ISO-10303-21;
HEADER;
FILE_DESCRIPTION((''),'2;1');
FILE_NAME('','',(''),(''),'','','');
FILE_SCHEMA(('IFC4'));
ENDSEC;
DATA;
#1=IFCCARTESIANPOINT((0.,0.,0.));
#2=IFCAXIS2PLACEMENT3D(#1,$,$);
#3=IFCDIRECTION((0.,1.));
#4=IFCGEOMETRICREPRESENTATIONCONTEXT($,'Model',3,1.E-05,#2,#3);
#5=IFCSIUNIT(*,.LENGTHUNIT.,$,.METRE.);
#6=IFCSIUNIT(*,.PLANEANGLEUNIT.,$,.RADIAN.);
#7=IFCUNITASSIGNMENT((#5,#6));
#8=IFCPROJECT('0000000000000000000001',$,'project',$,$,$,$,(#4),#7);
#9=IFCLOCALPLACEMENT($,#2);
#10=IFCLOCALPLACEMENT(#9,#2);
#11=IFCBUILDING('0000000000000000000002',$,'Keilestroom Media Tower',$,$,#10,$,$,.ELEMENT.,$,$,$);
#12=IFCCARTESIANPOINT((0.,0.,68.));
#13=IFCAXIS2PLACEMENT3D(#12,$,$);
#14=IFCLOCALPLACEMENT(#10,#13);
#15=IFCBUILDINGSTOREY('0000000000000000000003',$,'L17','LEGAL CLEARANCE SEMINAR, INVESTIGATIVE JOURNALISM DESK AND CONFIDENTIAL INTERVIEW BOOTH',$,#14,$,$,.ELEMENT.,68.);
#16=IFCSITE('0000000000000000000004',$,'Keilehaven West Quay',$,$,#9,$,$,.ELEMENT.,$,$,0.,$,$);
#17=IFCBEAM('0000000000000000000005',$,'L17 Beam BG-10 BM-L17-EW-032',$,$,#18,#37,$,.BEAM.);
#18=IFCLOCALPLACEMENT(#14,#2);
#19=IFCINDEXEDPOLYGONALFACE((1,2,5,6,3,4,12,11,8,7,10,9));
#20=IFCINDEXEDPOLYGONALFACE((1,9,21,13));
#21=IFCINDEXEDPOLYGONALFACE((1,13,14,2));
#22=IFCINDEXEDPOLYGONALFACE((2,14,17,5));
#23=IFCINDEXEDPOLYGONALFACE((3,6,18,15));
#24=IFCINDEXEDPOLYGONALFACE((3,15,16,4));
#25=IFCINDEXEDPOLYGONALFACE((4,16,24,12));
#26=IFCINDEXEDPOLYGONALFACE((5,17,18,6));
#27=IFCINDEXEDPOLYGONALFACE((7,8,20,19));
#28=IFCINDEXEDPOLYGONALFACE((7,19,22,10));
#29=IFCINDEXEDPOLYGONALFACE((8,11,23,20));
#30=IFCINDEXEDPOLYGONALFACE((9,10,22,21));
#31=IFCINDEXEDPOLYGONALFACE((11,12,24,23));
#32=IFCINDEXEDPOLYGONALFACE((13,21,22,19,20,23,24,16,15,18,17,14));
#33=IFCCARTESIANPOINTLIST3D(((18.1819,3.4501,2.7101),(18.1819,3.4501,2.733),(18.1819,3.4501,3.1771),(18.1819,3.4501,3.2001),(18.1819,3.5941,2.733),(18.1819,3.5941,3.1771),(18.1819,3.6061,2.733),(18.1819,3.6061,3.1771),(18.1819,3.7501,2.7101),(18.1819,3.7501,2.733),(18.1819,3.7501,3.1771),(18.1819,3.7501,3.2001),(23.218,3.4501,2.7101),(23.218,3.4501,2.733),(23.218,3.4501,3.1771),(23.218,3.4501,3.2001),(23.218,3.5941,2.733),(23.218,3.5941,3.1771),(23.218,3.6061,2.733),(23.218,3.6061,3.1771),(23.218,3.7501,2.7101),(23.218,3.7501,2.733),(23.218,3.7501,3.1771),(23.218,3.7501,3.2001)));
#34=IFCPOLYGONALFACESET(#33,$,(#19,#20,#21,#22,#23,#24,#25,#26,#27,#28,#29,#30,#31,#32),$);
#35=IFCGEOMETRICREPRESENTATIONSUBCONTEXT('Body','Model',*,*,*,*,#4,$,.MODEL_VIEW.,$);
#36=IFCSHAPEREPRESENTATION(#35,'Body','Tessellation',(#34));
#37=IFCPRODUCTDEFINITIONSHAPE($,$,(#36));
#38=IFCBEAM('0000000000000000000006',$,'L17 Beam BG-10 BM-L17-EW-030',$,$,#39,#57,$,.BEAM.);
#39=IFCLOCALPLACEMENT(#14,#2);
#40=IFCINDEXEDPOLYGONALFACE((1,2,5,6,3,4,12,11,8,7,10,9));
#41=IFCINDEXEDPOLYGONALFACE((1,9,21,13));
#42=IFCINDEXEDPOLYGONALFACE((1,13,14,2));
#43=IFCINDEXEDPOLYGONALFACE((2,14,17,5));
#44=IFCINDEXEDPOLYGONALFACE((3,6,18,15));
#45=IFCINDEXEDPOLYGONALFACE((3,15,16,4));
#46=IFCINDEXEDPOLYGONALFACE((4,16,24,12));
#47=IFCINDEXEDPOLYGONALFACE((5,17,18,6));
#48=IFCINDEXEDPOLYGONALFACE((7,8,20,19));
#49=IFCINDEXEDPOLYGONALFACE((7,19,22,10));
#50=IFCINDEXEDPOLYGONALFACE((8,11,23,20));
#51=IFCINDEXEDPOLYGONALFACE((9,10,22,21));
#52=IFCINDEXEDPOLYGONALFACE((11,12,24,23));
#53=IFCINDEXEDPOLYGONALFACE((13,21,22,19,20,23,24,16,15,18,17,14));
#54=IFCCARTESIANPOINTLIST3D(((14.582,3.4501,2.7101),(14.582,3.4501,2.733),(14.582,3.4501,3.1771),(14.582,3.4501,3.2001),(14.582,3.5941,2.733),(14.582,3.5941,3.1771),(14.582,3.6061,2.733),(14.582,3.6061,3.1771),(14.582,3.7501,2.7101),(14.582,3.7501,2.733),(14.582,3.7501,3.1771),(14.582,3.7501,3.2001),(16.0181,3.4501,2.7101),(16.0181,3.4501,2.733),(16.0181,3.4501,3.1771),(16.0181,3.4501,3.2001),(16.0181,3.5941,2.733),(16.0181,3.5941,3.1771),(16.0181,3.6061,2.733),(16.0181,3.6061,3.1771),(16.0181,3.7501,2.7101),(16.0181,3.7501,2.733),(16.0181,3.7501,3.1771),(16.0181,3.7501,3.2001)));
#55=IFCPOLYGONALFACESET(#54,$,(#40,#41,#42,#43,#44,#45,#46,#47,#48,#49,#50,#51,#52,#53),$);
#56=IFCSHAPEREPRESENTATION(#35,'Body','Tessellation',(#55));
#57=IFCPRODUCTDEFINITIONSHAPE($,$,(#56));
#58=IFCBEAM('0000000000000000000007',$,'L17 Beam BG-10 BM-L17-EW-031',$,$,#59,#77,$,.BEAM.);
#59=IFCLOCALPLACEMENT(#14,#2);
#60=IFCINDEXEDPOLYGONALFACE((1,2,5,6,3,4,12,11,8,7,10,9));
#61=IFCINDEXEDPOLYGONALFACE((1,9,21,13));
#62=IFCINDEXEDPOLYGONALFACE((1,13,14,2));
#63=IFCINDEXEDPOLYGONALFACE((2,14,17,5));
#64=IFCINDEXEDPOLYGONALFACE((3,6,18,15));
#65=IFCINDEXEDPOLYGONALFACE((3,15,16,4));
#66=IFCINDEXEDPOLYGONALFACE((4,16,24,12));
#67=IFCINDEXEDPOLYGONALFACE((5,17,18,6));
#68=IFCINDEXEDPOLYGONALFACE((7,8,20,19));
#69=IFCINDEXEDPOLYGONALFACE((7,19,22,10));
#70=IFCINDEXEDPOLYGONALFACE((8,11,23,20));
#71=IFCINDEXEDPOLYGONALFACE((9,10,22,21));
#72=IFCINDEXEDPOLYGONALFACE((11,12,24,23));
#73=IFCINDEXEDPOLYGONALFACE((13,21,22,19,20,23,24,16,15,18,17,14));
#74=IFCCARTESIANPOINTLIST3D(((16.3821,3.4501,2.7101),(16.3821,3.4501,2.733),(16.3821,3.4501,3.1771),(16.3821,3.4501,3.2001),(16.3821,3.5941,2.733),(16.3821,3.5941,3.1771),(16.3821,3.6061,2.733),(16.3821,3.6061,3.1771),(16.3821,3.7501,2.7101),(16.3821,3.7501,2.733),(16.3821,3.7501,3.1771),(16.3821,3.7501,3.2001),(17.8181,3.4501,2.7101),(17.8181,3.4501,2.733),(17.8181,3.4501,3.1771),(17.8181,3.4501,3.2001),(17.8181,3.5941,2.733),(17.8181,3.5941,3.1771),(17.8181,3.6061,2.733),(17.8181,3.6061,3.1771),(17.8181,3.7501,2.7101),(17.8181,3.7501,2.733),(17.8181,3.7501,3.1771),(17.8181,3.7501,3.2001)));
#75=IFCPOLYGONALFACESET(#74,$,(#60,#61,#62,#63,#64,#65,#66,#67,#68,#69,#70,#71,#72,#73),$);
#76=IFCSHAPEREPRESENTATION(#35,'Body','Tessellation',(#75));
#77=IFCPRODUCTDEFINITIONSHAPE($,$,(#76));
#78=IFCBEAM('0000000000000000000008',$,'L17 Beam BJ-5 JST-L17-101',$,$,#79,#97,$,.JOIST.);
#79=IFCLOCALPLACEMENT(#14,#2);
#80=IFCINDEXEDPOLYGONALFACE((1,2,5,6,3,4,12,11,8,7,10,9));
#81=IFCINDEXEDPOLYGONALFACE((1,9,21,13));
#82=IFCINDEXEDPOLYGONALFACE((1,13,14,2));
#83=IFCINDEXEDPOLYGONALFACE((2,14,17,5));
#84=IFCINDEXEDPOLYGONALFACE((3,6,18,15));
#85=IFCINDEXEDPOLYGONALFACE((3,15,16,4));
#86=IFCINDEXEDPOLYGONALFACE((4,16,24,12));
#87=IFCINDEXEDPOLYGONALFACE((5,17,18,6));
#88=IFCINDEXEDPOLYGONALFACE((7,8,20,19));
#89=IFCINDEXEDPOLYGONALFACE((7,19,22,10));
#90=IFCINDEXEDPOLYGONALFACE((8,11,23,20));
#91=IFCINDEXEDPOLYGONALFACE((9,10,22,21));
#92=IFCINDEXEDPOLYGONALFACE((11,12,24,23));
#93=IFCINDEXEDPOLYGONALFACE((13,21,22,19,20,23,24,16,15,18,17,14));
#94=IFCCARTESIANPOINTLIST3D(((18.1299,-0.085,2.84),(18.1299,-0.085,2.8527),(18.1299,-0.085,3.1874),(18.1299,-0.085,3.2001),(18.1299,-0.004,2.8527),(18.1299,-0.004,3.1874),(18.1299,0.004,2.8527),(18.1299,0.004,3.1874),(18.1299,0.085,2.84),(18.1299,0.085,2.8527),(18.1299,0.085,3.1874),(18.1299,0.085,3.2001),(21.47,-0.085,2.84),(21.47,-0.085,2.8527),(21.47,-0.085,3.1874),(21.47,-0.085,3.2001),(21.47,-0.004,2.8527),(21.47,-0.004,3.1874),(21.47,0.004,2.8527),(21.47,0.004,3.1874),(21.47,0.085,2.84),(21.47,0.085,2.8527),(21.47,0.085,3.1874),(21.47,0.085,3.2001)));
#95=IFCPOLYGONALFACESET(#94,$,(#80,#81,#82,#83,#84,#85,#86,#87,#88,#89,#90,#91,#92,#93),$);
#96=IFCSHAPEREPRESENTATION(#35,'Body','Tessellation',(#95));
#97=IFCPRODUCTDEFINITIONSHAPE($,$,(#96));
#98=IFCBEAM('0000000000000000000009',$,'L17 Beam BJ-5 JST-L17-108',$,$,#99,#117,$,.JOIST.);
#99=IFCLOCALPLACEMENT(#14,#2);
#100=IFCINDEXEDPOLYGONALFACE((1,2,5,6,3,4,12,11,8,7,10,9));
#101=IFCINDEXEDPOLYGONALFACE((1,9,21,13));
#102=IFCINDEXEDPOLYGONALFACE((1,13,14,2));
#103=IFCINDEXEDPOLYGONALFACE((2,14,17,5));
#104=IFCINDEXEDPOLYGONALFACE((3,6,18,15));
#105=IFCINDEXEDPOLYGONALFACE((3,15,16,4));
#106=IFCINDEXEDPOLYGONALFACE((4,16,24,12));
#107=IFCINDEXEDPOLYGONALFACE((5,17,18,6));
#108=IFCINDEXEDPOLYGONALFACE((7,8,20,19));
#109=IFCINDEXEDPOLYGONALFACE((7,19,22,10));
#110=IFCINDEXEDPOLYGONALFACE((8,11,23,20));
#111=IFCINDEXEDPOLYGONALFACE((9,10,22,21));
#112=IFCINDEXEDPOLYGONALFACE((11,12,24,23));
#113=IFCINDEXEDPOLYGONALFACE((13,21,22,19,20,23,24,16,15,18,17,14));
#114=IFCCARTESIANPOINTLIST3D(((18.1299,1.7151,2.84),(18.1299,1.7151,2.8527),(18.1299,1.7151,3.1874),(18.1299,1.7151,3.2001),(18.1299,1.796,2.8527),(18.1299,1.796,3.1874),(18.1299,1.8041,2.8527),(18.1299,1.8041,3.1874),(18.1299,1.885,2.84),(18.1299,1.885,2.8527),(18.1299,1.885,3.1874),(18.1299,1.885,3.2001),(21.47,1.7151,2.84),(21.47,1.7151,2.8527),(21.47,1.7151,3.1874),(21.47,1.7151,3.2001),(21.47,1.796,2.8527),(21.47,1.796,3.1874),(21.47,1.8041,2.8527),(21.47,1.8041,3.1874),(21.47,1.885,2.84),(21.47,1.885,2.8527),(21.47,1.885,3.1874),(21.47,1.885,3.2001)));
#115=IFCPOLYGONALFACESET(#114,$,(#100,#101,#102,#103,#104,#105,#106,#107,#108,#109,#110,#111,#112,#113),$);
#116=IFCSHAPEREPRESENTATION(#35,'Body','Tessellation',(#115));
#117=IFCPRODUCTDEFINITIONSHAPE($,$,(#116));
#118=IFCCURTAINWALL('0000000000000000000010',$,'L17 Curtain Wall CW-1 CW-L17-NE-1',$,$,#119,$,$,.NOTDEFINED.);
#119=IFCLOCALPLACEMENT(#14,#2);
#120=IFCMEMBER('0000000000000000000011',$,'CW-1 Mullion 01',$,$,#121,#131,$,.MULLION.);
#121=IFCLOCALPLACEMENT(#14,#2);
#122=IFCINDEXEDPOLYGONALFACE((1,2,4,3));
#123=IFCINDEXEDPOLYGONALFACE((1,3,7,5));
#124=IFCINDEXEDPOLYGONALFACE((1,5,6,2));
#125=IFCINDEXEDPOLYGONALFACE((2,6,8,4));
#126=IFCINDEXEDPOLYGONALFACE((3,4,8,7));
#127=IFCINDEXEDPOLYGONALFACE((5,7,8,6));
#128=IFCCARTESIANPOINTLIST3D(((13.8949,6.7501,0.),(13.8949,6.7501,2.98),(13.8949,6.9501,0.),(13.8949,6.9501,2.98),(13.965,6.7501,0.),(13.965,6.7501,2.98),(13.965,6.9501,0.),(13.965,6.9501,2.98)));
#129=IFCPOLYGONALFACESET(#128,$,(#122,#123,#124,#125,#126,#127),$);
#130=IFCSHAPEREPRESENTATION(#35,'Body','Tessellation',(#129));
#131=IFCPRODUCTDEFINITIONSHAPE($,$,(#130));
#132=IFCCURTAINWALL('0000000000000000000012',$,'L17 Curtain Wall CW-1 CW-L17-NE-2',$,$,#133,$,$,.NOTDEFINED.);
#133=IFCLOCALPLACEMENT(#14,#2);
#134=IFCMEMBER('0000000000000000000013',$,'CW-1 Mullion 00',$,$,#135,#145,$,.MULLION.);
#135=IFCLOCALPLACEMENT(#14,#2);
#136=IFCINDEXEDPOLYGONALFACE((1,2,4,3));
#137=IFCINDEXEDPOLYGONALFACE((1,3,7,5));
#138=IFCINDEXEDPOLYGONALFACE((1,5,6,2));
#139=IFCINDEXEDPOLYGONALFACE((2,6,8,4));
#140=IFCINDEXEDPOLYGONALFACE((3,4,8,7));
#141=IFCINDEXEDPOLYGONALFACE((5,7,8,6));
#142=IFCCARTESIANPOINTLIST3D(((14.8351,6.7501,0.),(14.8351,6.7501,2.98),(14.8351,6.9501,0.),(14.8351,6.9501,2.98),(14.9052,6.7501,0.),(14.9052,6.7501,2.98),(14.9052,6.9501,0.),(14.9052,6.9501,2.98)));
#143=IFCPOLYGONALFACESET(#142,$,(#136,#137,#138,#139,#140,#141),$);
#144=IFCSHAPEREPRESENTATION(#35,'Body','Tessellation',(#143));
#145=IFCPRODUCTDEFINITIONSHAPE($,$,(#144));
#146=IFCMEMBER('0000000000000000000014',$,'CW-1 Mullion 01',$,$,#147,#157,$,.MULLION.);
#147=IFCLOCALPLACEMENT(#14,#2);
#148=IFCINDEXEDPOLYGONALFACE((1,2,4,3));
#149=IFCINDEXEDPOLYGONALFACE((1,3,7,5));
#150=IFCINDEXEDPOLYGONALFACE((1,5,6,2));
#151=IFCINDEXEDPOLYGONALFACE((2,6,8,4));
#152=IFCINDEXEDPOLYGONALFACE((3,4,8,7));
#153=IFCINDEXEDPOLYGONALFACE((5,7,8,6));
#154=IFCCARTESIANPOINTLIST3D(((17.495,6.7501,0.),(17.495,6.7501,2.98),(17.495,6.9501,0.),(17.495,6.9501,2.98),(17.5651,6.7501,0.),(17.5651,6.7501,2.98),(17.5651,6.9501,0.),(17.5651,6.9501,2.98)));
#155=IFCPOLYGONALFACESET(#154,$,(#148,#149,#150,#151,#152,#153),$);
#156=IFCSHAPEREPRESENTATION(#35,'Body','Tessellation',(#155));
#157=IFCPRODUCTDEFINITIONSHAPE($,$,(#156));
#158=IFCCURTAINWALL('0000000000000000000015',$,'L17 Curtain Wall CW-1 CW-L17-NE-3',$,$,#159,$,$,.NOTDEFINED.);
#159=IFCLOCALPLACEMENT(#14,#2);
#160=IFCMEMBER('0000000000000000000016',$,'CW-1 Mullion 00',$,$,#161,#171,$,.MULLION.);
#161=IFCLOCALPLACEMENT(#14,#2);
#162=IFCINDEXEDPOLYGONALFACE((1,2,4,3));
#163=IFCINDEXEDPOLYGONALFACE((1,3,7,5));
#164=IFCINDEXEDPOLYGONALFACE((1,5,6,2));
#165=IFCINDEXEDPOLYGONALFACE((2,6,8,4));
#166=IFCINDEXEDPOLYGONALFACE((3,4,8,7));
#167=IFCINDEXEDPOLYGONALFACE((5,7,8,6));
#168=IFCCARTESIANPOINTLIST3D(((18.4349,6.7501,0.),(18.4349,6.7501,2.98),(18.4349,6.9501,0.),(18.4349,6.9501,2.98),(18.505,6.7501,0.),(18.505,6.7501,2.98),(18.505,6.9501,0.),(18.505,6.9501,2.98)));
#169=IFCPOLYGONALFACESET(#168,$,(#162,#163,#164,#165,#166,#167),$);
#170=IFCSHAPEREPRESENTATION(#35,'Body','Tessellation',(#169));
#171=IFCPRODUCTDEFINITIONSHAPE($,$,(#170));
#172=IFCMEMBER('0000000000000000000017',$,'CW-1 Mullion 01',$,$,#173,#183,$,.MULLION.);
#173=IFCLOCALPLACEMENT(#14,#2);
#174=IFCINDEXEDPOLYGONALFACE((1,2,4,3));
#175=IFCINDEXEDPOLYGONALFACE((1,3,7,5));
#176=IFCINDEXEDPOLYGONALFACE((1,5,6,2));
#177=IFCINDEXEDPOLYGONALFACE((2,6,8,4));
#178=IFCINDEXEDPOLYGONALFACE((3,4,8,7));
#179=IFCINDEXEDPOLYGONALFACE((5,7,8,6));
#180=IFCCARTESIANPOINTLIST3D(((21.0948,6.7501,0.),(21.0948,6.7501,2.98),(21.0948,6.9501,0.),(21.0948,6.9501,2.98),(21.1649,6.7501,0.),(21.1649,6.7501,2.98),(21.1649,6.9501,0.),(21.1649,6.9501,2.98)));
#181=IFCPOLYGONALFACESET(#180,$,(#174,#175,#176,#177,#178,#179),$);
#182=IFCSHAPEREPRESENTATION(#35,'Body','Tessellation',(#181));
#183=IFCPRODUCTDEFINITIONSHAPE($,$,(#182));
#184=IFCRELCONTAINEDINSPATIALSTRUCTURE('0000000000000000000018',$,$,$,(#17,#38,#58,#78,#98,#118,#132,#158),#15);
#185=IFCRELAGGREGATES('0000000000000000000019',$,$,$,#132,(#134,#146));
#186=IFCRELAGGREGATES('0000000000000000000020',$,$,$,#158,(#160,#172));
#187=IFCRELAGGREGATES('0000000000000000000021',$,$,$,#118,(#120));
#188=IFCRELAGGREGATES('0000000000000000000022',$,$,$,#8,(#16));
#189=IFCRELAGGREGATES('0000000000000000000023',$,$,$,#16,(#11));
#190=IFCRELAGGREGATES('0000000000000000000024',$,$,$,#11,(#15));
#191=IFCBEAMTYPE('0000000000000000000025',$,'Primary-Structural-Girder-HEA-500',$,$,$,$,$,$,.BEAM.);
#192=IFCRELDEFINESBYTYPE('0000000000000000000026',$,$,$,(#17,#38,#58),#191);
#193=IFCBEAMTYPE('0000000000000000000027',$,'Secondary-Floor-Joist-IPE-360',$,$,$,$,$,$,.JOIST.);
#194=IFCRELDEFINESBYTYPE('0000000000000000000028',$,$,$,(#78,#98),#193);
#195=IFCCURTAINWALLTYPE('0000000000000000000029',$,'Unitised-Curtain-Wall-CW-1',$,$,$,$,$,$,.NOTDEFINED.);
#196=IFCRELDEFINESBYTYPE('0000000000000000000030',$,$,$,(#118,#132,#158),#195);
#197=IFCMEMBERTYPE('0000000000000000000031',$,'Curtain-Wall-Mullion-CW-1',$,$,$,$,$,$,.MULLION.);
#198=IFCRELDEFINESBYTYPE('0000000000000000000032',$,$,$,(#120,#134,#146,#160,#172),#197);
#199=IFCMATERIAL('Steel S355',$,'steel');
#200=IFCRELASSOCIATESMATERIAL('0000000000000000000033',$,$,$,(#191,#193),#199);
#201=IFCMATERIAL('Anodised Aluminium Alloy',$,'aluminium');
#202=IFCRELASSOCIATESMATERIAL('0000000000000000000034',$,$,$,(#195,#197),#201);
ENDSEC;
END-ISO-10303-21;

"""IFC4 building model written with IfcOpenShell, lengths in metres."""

from ifc_helpers import new_model, si_unit, direction, frame, origin, origin_2d, place, context, subcontext, project, spatial, rectangle, i_section, extrude, source, transform, mapped, material, material_profile, profile_set, type_object, element, aggregate, save


model = new_model("IFC4")

# Units and contexts
model_context = context("Model", 3, precision=1e-05, world=origin(), true_north=direction((0.0, 1.0)))
body_context = subcontext(model_context, "Body", "Model", "MODEL_VIEW")
ifc_project = project(units=[si_unit("LENGTHUNIT", "METRE"), si_unit("PLANEANGLEUNIT", "RADIAN")], contexts=[model_context])

# Site, building, storey
site_placement = place(None, origin())
site = spatial("IfcSite", under=ifc_project, at=site_placement, Name="Keilehaven West Quay", CompositionType="ELEMENT", RefElevation=0.0)
building_placement = place(site_placement, origin())
building = spatial("IfcBuilding", under=site, at=building_placement, Name="Keilestroom Media Tower", CompositionType="ELEMENT")
storey_placement = place(building_placement, frame((0.0, 0.0, 68.0)))
storey = spatial("IfcBuildingStorey", under=building, at=storey_placement, Name="L17", Description="LEGAL CLEARANCE SEMINAR, INVESTIGATIVE JOURNALISM DESK AND CONFIDENTIAL INTERVIEW BOOTH", CompositionType="ELEMENT", Elevation=68.0)

# Beams
ifc_material_1 = material(Name="Steel S355", Category="steel")
ifc_material_profile_1 = material_profile(ifc_material_1, i_section(OverallWidth=0.3, OverallDepth=0.49, WebThickness=0.012, FlangeThickness=0.0229, at=origin_2d()), Name="HEA 500")
ifc_profile_set_1 = profile_set([ifc_material_profile_1], Name="Steel S355")
beam_type_1 = type_object("IfcBeamType", Name="Primary-Structural-Girder-HEA-500", PredefinedType="BEAM", material=ifc_profile_set_1)
shared_shape_1 = source(origin(), body_context, "Body", "SweptSolid", [
    extrude(i_section(OverallWidth=0.3, OverallDepth=0.49, WebThickness=0.012, FlangeThickness=0.0229, at=origin_2d()), origin(), (0.0, 0.0, 1.0), 5.0361),
])
beam_placement = place(storey_placement, frame((18.1819, 3.6001, 2.9551), z_axis=(1.0, 0.0, 0.0), x_axis=(0.0, 1.0, 0.0)))
element("IfcBeam", 1, at=beam_placement, inside=storey, type_object=beam_type_1, Name="L17 Beam BG-10 BM-L17-EW-032", PredefinedType="BEAM", context=body_context, shape_type="MappedRepresentation", body=[
    mapped(shared_shape_1, transform((0.0, 0.0, 0.0), x_axis=(1.0, 0.0, 0.0), y_axis=(0.0, 1.0, 0.0), z_axis=(0.0, 0.0, 1.0), scale=1.0)),
])
shared_shape_2 = source(origin(), body_context, "Body", "SweptSolid", [
    extrude(i_section(OverallWidth=0.3, OverallDepth=0.49, WebThickness=0.012, FlangeThickness=0.0229, at=origin_2d()), origin(), (0.0, 0.0, 1.0), 1.436),
])
for number, where, z_axis, x_axis, name in (
    (2, (14.582, 3.6001, 2.9551), (1.0, 0.0, 0.0), (0.0, 1.0, 0.0), "L17 Beam BG-10 BM-L17-EW-030"),
    (3, (16.3821, 3.6001, 2.9551), (1.0, 0.0, 0.0), (0.0, 1.0, 0.0), "L17 Beam BG-10 BM-L17-EW-031"),
):
    element("IfcBeam", number, at=place(storey_placement, frame(where, z_axis=z_axis, x_axis=x_axis)), inside=storey, type_object=beam_type_1, Name=name, PredefinedType="BEAM", context=body_context, shape_type="MappedRepresentation", body=[
        mapped(shared_shape_2, transform((0.0, 0.0, 0.0), x_axis=(1.0, 0.0, 0.0), y_axis=(0.0, 1.0, 0.0), z_axis=(0.0, 0.0, 1.0), scale=1.0)),
    ])
ifc_material_profile_2 = material_profile(ifc_material_1, i_section(OverallWidth=0.1699, OverallDepth=0.3601, WebThickness=0.0081, FlangeThickness=0.0127, at=origin_2d()), Name="IPE 360")
ifc_profile_set_2 = profile_set([ifc_material_profile_2], Name="Steel S355")
beam_type_2 = type_object("IfcBeamType", Name="Secondary-Floor-Joist-IPE-360", PredefinedType="JOIST", material=ifc_profile_set_2)
shared_shape_3 = source(origin(), body_context, "Body", "SweptSolid", [
    extrude(i_section(OverallWidth=0.1699, OverallDepth=0.3601, WebThickness=0.0081, FlangeThickness=0.0127, at=origin_2d()), origin(), (0.0, 0.0, 1.0), 3.3401),
])
for number, where, z_axis, x_axis, name in (
    (4, (18.1299, 0.0, 3.02), (1.0, 0.0, 0.0), (0.0, 1.0, 0.0), "L17 Beam BJ-5 JST-L17-101"),
    (5, (18.1299, 1.8, 3.02), (1.0, 0.0, 0.0), (0.0, 1.0, 0.0), "L17 Beam BJ-5 JST-L17-108"),
):
    element("IfcBeam", number, at=place(storey_placement, frame(where, z_axis=z_axis, x_axis=x_axis)), inside=storey, type_object=beam_type_2, Name=name, PredefinedType="JOIST", context=body_context, shape_type="MappedRepresentation", body=[
        mapped(shared_shape_3, transform((0.0, 0.0, 0.0), x_axis=(1.0, 0.0, 0.0), y_axis=(0.0, 1.0, 0.0), z_axis=(0.0, 0.0, 1.0), scale=1.0)),
    ])

# Curtain wall, member
ifc_material_2 = material(Name="Anodised Aluminium Alloy", Category="aluminium")
curtain_wall_type = type_object("IfcCurtainWallType", Name="Unitised-Curtain-Wall-CW-1", PredefinedType="NOTDEFINED", material=ifc_material_2)
curtain_wall_1_placement = place(storey_placement, origin())
curtain_wall_1 = element("IfcCurtainWall", 6, at=curtain_wall_1_placement, inside=storey, type_object=curtain_wall_type, Name="L17 Curtain Wall CW-1 CW-L17-NE-1", PredefinedType="NOTDEFINED")
ifc_material_profile_3 = material_profile(ifc_material_2, rectangle(XDim=0.0701, YDim=0.2, at=origin_2d()), Name="ALU MULLION 70x200")
ifc_profile_set_3 = profile_set([ifc_material_profile_3], Name="Anodised Aluminium Alloy")
member_type_1 = type_object("IfcMemberType", Name="Curtain-Wall-Mullion-CW-1", PredefinedType="MULLION", material=ifc_profile_set_3)
shared_shape_4 = source(origin(), body_context, "Body", "SweptSolid", [
    extrude(rectangle(XDim=0.0701, YDim=0.2, at=origin_2d()), origin(), (0.0, 0.0, 1.0), 2.98),
])
member_1_placement = place(storey_placement, frame((13.9299, 6.8501, 0.0), z_axis=(0.0, 0.0, 1.0), x_axis=(1.0, 0.0, 0.0)))
member_1 = element("IfcMember", 7, at=member_1_placement, type_object=member_type_1, Name="CW-1 Mullion 01", PredefinedType="MULLION", context=body_context, shape_type="MappedRepresentation", body=[
    mapped(shared_shape_4, transform((0.0, 0.0, 0.0), x_axis=(1.0, 0.0, 0.0), y_axis=(0.0, 1.0, 0.0), z_axis=(0.0, 0.0, 1.0), scale=1.0)),
])

# Curtain walls, members
curtain_wall_2_placement = place(storey_placement, origin())
curtain_wall_2 = element("IfcCurtainWall", 8, at=curtain_wall_2_placement, inside=storey, type_object=curtain_wall_type, Name="L17 Curtain Wall CW-1 CW-L17-NE-2", PredefinedType="NOTDEFINED")
member_2_placement = place(storey_placement, frame((14.8701, 6.8501, 0.0), z_axis=(0.0, 0.0, 1.0), x_axis=(1.0, 0.0, 0.0)))
member_2 = element("IfcMember", 9, at=member_2_placement, type_object=member_type_1, Name="CW-1 Mullion 00", PredefinedType="MULLION", context=body_context, shape_type="MappedRepresentation", body=[
    mapped(shared_shape_4, transform((0.0, 0.0, 0.0), x_axis=(1.0, 0.0, 0.0), y_axis=(0.0, 1.0, 0.0), z_axis=(0.0, 0.0, 1.0), scale=1.0)),
])
member_3_placement = place(storey_placement, frame((17.53, 6.8501, 0.0), z_axis=(0.0, 0.0, 1.0), x_axis=(1.0, 0.0, 0.0)))
member_3 = element("IfcMember", 10, at=member_3_placement, type_object=member_type_1, Name="CW-1 Mullion 01", PredefinedType="MULLION", context=body_context, shape_type="MappedRepresentation", body=[
    mapped(shared_shape_4, transform((0.0, 0.0, 0.0), x_axis=(1.0, 0.0, 0.0), y_axis=(0.0, 1.0, 0.0), z_axis=(0.0, 0.0, 1.0), scale=1.0)),
])
curtain_wall_3_placement = place(storey_placement, origin())
curtain_wall_3 = element("IfcCurtainWall", 11, at=curtain_wall_3_placement, inside=storey, type_object=curtain_wall_type, Name="L17 Curtain Wall CW-1 CW-L17-NE-3", PredefinedType="NOTDEFINED")
member_4_placement = place(storey_placement, frame((18.47, 6.8501, 0.0), z_axis=(0.0, 0.0, 1.0), x_axis=(1.0, 0.0, 0.0)))
member_4 = element("IfcMember", 12, at=member_4_placement, type_object=member_type_1, Name="CW-1 Mullion 00", PredefinedType="MULLION", context=body_context, shape_type="MappedRepresentation", body=[
    mapped(shared_shape_4, transform((0.0, 0.0, 0.0), x_axis=(1.0, 0.0, 0.0), y_axis=(0.0, 1.0, 0.0), z_axis=(0.0, 0.0, 1.0), scale=1.0)),
])
member_5_placement = place(storey_placement, frame((21.1299, 6.8501, 0.0), z_axis=(0.0, 0.0, 1.0), x_axis=(1.0, 0.0, 0.0)))
member_5 = element("IfcMember", 13, at=member_5_placement, type_object=member_type_1, Name="CW-1 Mullion 01", PredefinedType="MULLION", context=body_context, shape_type="MappedRepresentation", body=[
    mapped(shared_shape_4, transform((0.0, 0.0, 0.0), x_axis=(1.0, 0.0, 0.0), y_axis=(0.0, 1.0, 0.0), z_axis=(0.0, 0.0, 1.0), scale=1.0)),
])

aggregate(curtain_wall_2, [member_2, member_3])
aggregate(curtain_wall_3, [member_4, member_5])
aggregate(curtain_wall_1, [member_1])

save(model, "model.ifc")
